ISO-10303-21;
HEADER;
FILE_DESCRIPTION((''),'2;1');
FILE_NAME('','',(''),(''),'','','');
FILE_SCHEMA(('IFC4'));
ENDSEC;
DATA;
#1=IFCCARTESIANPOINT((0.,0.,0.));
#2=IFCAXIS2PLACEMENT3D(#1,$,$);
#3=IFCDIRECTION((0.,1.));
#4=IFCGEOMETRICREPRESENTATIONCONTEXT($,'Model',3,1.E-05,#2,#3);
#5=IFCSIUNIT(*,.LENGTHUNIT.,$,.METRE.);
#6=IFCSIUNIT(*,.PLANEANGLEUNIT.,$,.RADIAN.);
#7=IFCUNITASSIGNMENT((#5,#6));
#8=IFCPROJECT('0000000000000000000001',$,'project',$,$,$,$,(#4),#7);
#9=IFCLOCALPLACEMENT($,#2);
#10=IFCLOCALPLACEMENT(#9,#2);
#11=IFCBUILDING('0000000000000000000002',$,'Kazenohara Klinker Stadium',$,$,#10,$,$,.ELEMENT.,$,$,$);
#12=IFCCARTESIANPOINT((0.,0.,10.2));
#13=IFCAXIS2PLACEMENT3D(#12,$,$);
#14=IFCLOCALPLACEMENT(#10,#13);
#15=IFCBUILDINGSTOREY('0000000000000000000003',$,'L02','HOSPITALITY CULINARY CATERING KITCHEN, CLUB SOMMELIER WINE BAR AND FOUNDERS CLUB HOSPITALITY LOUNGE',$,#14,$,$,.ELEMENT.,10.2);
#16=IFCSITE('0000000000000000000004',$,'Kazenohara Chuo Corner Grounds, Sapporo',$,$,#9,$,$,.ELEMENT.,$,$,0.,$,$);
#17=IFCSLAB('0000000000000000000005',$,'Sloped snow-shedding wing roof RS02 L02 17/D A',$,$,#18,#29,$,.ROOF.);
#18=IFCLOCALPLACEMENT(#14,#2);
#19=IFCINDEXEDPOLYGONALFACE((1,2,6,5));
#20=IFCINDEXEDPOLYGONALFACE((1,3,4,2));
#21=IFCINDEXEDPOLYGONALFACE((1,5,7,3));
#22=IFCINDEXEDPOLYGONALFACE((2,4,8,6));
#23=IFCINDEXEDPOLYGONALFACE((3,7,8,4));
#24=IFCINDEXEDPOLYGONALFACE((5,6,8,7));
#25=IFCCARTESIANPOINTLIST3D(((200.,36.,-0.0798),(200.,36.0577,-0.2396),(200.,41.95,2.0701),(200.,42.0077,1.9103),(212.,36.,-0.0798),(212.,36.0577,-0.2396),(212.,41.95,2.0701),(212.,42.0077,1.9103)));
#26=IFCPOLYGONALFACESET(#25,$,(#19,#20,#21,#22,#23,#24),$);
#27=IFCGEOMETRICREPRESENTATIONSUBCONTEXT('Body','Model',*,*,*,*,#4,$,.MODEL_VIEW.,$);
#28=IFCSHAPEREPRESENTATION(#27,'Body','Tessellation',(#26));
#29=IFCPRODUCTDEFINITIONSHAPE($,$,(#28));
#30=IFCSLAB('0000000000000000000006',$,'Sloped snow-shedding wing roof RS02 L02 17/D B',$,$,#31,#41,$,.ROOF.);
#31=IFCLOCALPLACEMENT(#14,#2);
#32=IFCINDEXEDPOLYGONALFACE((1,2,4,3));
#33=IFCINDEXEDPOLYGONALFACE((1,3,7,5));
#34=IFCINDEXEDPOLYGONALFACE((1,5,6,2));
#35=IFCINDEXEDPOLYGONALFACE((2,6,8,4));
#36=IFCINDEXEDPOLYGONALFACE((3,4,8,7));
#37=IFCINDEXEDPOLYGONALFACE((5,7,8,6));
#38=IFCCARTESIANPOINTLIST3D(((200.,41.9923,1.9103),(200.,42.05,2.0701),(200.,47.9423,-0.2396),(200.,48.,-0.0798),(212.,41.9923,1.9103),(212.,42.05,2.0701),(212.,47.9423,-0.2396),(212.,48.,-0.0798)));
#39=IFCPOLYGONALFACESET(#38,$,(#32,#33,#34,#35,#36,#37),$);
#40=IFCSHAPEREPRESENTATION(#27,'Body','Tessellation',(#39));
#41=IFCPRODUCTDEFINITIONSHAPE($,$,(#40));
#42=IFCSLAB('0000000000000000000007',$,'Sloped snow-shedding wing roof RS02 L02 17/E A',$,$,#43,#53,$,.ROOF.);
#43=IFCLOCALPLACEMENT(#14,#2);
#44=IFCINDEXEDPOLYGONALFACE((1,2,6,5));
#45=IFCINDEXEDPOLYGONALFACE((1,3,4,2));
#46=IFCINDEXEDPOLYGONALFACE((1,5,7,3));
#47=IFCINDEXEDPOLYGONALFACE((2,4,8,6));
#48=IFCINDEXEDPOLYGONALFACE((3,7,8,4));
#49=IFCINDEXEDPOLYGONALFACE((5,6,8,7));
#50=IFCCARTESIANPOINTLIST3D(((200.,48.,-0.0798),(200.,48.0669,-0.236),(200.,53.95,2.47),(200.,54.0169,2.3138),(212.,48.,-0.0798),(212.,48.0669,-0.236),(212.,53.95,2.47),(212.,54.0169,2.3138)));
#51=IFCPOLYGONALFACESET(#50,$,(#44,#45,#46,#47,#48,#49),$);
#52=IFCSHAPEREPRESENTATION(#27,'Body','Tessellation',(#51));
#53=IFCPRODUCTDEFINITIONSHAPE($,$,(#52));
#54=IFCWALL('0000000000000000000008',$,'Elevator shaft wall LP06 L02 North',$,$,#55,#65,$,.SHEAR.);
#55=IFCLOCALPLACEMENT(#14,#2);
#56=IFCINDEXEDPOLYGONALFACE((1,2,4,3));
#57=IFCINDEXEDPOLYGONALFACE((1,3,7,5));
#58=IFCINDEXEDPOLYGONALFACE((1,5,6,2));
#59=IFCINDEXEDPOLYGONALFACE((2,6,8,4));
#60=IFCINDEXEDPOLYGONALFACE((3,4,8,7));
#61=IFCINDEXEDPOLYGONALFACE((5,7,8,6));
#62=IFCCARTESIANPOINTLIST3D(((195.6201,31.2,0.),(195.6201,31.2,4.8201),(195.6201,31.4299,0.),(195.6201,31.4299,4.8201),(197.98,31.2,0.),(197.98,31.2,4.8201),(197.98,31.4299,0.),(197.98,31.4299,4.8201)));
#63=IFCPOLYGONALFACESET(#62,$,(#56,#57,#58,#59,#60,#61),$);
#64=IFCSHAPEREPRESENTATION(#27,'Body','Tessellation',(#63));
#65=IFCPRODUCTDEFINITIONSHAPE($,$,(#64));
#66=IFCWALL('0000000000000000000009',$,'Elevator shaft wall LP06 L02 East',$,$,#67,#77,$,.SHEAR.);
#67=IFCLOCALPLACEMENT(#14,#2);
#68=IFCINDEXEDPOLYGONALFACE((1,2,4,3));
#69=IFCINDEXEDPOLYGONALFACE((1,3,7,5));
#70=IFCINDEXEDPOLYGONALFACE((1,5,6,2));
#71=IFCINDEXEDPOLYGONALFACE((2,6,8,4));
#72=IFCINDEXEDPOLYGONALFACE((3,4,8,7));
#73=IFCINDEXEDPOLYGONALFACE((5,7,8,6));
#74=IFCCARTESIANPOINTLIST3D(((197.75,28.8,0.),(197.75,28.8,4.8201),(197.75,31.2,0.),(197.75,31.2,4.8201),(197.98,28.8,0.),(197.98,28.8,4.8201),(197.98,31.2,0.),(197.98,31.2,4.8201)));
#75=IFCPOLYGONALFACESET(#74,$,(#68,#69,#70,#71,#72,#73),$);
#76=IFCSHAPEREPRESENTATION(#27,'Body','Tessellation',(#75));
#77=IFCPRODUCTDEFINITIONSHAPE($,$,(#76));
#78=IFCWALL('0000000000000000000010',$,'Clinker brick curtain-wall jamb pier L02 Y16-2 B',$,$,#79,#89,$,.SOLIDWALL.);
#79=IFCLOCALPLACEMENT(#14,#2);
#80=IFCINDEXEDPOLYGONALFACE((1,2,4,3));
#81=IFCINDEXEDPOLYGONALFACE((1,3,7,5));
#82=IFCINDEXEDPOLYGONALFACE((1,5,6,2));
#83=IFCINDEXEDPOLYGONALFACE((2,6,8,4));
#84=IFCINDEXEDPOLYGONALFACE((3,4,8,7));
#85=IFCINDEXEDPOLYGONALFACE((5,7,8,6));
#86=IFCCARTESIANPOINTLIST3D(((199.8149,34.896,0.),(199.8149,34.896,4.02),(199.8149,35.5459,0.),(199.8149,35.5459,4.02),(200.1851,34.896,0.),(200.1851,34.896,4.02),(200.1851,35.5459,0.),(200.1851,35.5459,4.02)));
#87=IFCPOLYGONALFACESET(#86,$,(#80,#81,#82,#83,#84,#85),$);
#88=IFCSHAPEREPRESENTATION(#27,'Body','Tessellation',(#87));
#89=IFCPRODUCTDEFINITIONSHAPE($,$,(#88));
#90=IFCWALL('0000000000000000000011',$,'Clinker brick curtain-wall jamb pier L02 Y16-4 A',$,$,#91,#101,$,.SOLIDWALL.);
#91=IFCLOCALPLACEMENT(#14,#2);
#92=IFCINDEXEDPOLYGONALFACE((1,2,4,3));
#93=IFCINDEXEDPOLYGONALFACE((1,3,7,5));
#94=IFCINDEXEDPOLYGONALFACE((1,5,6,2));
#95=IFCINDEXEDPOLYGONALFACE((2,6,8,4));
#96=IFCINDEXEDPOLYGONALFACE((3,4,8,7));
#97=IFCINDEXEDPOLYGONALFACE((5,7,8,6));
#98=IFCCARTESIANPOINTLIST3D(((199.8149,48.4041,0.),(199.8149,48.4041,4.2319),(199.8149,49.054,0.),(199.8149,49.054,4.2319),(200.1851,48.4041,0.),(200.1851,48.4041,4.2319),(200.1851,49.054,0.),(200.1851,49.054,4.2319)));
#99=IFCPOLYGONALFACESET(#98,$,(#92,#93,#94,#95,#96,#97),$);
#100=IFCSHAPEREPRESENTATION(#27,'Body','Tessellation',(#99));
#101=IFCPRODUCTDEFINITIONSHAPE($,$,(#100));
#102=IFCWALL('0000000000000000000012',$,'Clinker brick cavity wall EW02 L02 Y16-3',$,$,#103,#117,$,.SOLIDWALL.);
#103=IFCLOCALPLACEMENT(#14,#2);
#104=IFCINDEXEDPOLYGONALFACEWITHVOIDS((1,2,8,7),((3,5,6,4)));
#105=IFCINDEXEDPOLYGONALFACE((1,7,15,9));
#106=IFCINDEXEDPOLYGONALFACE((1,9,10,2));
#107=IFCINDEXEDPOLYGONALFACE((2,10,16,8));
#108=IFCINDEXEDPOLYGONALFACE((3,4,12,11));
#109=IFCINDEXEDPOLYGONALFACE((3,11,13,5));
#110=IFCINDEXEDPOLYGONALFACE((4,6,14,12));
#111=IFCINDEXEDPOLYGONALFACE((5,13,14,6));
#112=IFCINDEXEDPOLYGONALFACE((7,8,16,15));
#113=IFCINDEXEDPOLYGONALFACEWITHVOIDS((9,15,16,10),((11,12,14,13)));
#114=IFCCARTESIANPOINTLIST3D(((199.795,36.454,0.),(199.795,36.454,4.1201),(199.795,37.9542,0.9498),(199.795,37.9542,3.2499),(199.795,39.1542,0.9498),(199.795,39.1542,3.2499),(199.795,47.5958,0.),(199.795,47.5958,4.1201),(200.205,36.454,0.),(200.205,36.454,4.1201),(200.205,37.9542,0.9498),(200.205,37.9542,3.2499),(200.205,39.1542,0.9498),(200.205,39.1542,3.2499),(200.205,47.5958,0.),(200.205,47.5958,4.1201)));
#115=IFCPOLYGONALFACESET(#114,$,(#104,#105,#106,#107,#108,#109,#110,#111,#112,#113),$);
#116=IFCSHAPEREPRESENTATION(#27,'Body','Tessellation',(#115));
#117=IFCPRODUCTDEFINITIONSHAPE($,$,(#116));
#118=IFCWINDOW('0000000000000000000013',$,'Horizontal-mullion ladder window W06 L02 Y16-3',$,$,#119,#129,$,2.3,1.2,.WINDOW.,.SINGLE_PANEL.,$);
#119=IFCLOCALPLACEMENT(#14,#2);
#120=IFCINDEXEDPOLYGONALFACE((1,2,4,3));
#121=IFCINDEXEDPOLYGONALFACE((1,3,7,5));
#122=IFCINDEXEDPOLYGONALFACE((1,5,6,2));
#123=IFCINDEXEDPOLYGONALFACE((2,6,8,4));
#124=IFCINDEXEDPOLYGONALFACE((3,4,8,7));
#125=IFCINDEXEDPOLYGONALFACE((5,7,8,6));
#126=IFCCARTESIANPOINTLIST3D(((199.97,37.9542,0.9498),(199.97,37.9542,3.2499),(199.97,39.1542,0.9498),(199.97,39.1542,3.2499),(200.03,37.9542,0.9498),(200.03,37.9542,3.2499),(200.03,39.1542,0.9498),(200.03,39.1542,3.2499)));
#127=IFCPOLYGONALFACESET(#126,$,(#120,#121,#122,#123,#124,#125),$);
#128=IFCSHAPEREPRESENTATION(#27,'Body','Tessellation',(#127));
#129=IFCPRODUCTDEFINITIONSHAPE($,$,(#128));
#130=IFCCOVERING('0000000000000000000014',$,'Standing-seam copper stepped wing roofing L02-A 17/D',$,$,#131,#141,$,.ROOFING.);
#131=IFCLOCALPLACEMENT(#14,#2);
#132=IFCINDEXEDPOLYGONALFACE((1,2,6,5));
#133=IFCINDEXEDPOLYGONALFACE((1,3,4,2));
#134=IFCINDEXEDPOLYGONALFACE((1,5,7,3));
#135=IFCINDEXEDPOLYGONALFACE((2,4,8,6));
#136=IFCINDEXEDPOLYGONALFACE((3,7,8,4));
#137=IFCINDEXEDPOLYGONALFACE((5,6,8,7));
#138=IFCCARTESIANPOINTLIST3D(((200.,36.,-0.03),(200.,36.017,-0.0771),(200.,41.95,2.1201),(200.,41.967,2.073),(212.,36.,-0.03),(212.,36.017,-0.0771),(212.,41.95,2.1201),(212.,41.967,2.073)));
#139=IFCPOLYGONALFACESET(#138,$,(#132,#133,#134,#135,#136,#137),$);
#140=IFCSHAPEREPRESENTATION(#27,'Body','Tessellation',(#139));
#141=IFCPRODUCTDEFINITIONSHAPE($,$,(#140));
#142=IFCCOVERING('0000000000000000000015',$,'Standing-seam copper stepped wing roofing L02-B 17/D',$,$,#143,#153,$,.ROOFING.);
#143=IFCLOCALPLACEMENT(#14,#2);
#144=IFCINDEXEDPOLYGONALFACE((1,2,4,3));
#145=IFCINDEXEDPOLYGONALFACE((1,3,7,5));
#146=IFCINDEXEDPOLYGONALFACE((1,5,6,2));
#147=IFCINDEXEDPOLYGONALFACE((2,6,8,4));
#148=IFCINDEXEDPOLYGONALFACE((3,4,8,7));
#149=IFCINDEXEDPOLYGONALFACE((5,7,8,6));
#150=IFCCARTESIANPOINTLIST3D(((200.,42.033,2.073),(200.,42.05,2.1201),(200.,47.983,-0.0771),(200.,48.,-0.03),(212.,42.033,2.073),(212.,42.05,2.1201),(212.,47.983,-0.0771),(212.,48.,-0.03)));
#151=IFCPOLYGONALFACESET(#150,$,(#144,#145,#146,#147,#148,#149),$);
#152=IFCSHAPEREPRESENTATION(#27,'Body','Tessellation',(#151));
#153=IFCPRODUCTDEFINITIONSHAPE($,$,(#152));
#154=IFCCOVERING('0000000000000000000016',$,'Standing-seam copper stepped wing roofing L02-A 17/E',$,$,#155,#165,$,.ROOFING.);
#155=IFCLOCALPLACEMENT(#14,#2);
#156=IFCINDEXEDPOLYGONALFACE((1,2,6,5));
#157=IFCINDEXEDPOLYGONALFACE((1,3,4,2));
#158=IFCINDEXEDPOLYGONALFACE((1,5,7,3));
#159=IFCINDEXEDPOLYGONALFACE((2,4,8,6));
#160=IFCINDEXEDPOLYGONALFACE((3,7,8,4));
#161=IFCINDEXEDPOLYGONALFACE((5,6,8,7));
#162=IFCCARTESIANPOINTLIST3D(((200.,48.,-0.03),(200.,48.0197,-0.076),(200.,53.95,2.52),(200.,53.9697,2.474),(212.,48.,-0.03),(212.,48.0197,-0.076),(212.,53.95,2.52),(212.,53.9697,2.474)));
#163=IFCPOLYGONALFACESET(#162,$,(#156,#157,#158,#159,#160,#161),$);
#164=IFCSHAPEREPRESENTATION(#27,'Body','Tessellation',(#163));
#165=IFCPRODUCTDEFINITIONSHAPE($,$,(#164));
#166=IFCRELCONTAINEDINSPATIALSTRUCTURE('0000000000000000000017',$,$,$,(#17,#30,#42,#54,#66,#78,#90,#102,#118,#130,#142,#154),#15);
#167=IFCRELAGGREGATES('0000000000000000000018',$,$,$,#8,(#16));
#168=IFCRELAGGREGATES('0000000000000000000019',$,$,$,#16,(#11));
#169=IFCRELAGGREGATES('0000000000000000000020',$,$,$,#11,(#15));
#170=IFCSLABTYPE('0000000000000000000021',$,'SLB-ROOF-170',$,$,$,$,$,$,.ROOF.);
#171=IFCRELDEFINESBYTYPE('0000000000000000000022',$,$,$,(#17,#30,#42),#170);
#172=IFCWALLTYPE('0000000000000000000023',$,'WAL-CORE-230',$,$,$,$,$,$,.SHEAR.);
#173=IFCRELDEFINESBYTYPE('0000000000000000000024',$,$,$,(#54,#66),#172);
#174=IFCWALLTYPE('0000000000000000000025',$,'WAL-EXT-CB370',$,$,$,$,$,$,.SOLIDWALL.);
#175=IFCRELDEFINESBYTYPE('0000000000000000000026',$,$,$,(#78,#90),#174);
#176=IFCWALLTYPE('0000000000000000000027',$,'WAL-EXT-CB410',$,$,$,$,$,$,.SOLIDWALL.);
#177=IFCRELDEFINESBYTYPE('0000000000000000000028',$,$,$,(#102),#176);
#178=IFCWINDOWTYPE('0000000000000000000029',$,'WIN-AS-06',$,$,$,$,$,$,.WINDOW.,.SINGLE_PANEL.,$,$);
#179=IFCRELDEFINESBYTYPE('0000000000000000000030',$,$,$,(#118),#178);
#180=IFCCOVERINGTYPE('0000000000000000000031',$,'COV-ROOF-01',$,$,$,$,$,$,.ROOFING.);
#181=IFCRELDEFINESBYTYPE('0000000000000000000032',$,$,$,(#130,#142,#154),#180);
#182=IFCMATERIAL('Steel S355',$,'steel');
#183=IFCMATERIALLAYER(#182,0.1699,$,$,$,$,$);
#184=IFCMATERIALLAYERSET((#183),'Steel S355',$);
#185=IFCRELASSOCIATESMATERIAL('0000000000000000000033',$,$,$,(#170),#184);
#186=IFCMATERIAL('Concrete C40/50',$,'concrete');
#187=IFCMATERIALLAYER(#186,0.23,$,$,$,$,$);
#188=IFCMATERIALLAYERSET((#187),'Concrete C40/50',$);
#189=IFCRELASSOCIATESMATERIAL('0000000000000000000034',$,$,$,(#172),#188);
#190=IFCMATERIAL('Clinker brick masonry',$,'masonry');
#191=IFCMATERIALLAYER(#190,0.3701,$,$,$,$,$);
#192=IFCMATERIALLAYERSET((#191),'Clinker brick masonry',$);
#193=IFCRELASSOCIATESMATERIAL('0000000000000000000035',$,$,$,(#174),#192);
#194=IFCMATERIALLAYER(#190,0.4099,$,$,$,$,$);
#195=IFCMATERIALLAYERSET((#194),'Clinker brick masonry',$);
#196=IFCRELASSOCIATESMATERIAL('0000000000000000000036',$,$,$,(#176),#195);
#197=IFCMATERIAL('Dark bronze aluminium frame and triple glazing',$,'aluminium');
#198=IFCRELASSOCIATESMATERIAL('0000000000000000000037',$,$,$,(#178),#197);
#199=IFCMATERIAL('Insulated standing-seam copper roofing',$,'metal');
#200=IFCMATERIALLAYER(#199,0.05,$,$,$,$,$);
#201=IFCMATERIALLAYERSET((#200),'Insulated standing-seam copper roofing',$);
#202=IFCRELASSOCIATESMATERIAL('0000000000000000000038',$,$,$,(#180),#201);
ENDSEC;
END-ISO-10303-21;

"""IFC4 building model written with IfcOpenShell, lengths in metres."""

from ifc_helpers import new_model, si_unit, direction, frame, frame_2d, origin, place, context, subcontext, project, spatial, polyline, rectangle, outline, extrude, material, layer, layer_set, type_object, element, fill, save


model = new_model("IFC4")

# Units and contexts
model_context = context("Model", 3, precision=1e-05, world=origin(), true_north=direction((0.0, 1.0)))
body_context = subcontext(model_context, "Body", "Model", "MODEL_VIEW")
ifc_project = project(units=[si_unit("LENGTHUNIT", "METRE"), si_unit("PLANEANGLEUNIT", "RADIAN")], contexts=[model_context])

# Site, building, storey
site_placement = place(None, origin())
site = spatial("IfcSite", under=ifc_project, at=site_placement, Name="Kazenohara Chuo Corner Grounds, Sapporo", CompositionType="ELEMENT", RefElevation=0.0)
building_placement = place(site_placement, origin())
building = spatial("IfcBuilding", under=site, at=building_placement, Name="Kazenohara Klinker Stadium", CompositionType="ELEMENT")
storey_placement = place(building_placement, frame((0.0, 0.0, 10.2)))
storey = spatial("IfcBuildingStorey", under=building, at=storey_placement, Name="L02", Description="HOSPITALITY CULINARY CATERING KITCHEN, CLUB SOMMELIER WINE BAR AND FOUNDERS CLUB HOSPITALITY LOUNGE", CompositionType="ELEMENT", Elevation=10.2)

# Shared definitions
ifc_material_1 = material(Name="Concrete C40/50", Category="concrete")

# Shared definitions
ifc_material_2 = material(Name="Steel S355", Category="steel")

# Slabs
ifc_layer_1 = layer(ifc_material_2, 0.1699)
ifc_layer_set_1 = layer_set([ifc_layer_1], Name="Steel S355")
slab_type = type_object("IfcSlabType", Name="SLB-ROOF-170", PredefinedType="ROOF", material=ifc_layer_set_1)
for number, where, z_axis, x_axis, name in (
    (1, (200.0, 36.0, -0.0798), (0.0, -0.339827, 0.940488), (1.0, 0.0, 0.0), "Sloped snow-shedding wing roof RS02 L02 17/D A"),
    (2, (200.0, 42.05, 2.0701), (0.0, 0.339827, 0.940488), (1.0, 0.0, 0.0), "Sloped snow-shedding wing roof RS02 L02 17/D B"),
):
    element("IfcSlab", number, at=place(storey_placement, frame(where, z_axis=z_axis, x_axis=x_axis)), inside=storey, type_object=slab_type, Name=name, PredefinedType="ROOF", context=body_context, shape_type="SweptSolid", body=[
        extrude(outline(polyline([(0.0, 0.0), (12.0, 0.0), (12.0, 6.3265), (0.0, 6.3265), (0.0, 0.0)])), origin(), (0.0, 0.0, -1.0), 0.1699),
    ])
slab_placement = place(storey_placement, frame((200.0, 48.0, -0.0798), z_axis=(0.0, -0.393897, 0.919155), x_axis=(1.0, 0.0, 0.0)))
element("IfcSlab", 3, at=slab_placement, inside=storey, type_object=slab_type, Name="Sloped snow-shedding wing roof RS02 L02 17/E A", PredefinedType="ROOF", context=body_context, shape_type="SweptSolid", body=[
    extrude(outline(polyline([(0.0, 0.0), (12.0, 0.0), (12.0, 6.4733), (0.0, 6.4733), (0.0, 0.0)])), origin(), (0.0, 0.0, -1.0), 0.1699),
])

# Wall
ifc_layer_2 = layer(ifc_material_1, 0.23)
ifc_layer_set_2 = layer_set([ifc_layer_2], Name="Concrete C40/50")
wall_type_1 = type_object("IfcWallType", Name="WAL-CORE-230", PredefinedType="SHEAR", material=ifc_layer_set_2)
wall_1_placement = place(storey_placement, frame((195.6201, 31.3149, 0.0), z_axis=(0.0, 0.0, 1.0), x_axis=(1.0, 0.0, 0.0)))
element("IfcWall", 4, at=wall_1_placement, inside=storey, type_object=wall_type_1, Name="Elevator shaft wall LP06 L02 North", PredefinedType="SHEAR", context=body_context, shape_type="SweptSolid", body=[
    extrude(rectangle(XDim=2.3599, YDim=0.23, at=frame_2d((1.1799, 0.0))), origin(), (0.0, 0.0, 1.0), 4.8201),
])

# Walls
wall_2_placement = place(storey_placement, frame((197.865, 28.8, 0.0), z_axis=(0.0, 0.0, 1.0), x_axis=(0.0, 1.0, 0.0)))
element("IfcWall", 5, at=wall_2_placement, inside=storey, type_object=wall_type_1, Name="Elevator shaft wall LP06 L02 East", PredefinedType="SHEAR", context=body_context, shape_type="SweptSolid", body=[
    extrude(rectangle(XDim=2.3999, YDim=0.23, at=frame_2d((1.2, 0.0))), origin(), (0.0, 0.0, 1.0), 4.8201),
])
ifc_material_3 = material(Name="Clinker brick masonry", Category="masonry")
ifc_layer_3 = layer(ifc_material_3, 0.3701)
ifc_layer_set_3 = layer_set([ifc_layer_3], Name="Clinker brick masonry")
wall_type_2 = type_object("IfcWallType", Name="WAL-EXT-CB370", PredefinedType="SOLIDWALL", material=ifc_layer_set_3)
wall_3_placement = place(storey_placement, frame((200.0, 34.896, 0.0), z_axis=(0.0, 0.0, 1.0), x_axis=(0.0, 1.0, 0.0)))
element("IfcWall", 6, at=wall_3_placement, inside=storey, type_object=wall_type_2, Name="Clinker brick curtain-wall jamb pier L02 Y16-2 B", PredefinedType="SOLIDWALL", context=body_context, shape_type="SweptSolid", body=[
    extrude(rectangle(XDim=0.6499, YDim=0.3701, at=frame_2d((0.325, 0.0))), origin(), (0.0, 0.0, 1.0), 4.02),
])
wall_4_placement = place(storey_placement, frame((200.0, 48.4041, 0.0), z_axis=(0.0, 0.0, 1.0), x_axis=(0.0, 1.0, 0.0)))
element("IfcWall", 7, at=wall_4_placement, inside=storey, type_object=wall_type_2, Name="Clinker brick curtain-wall jamb pier L02 Y16-4 A", PredefinedType="SOLIDWALL", context=body_context, shape_type="SweptSolid", body=[
    extrude(rectangle(XDim=0.6499, YDim=0.3701, at=frame_2d((0.325, 0.0))), origin(), (0.0, 0.0, 1.0), 4.2319),
])

# Wall, opening, window
ifc_layer_4 = layer(ifc_material_3, 0.4099)
ifc_layer_set_4 = layer_set([ifc_layer_4], Name="Clinker brick masonry")
wall_type_3 = type_object("IfcWallType", Name="WAL-EXT-CB410", PredefinedType="SOLIDWALL", material=ifc_layer_set_4)
wall_5_placement = place(storey_placement, frame((200.0, 36.4541, 0.0), z_axis=(0.0, 0.0, 1.0), x_axis=(0.0, 1.0, 0.0)))
wall_5 = element("IfcWall", 8, at=wall_5_placement, inside=storey, type_object=wall_type_3, Name="Clinker brick cavity wall EW02 L02 Y16-3", PredefinedType="SOLIDWALL", context=body_context, shape_type="SweptSolid", body=[
    extrude(rectangle(XDim=11.1418, YDim=0.4099, at=frame_2d((5.5708, 0.0))), origin(), (0.0, 0.0, 1.0), 4.1201),
])
opening_1_placement = place(wall_5_placement, frame((1.5, 0.0, 0.95)))
opening_1 = element("IfcOpeningElement", 9, at=opening_1_placement, cuts=wall_5, PredefinedType="OPENING", context=body_context, shape_type="SweptSolid", body=[
    extrude(rectangle(XDim=1.2, YDim=2.3, at=frame_2d((0.6001, 1.1499))), frame((0.0, 0.2148, 0.0), z_axis=(0.0, -1.0, 0.0), x_axis=(1.0, 0.0, 0.0)), (0.0, 0.0, 1.0), 0.4299),
])
ifc_material_4 = material(Name="Dark bronze aluminium frame and triple glazing", Category="aluminium")
window_type = type_object("IfcWindowType", Name="WIN-AS-06", PartitioningType="SINGLE_PANEL", PredefinedType="WINDOW", material=ifc_material_4)
window_placement = place(opening_1_placement, origin())
window = element("IfcWindow", 10, at=window_placement, inside=storey, type_object=window_type, Name="Horizontal-mullion ladder window W06 L02 Y16-3", OverallHeight=2.3, OverallWidth=1.2, PartitioningType="SINGLE_PANEL", PredefinedType="WINDOW", context=body_context, shape_type="SweptSolid", body=[
    extrude(rectangle(XDim=1.2, YDim=2.3, at=frame_2d((0.6001, 1.1499))), frame((0.0, 0.03, 0.0), z_axis=(0.0, -1.0, 0.0), x_axis=(1.0, 0.0, 0.0)), (0.0, 0.0, 1.0), 0.0601),
])
fill(opening_1, window)

# Coverings
ifc_material_5 = material(Name="Insulated standing-seam copper roofing", Category="metal")
ifc_layer_5 = layer(ifc_material_5, 0.05)
ifc_layer_set_5 = layer_set([ifc_layer_5], Name="Insulated standing-seam copper roofing")
covering_type = type_object("IfcCoveringType", Name="COV-ROOF-01", PredefinedType="ROOFING", material=ifc_layer_set_5)
for number, where, z_axis, x_axis, name in (
    (11, (200.0, 36.0, -0.03), (0.0, -0.339862, 0.940475), (1.0, 0.0, 0.0), "Standing-seam copper stepped wing roofing L02-A 17/D"),
    (12, (200.0, 42.05, 2.1201), (0.0, 0.339862, 0.940475), (1.0, 0.0, 0.0), "Standing-seam copper stepped wing roofing L02-B 17/D"),
):
    element("IfcCovering", number, at=place(storey_placement, frame(where, z_axis=z_axis, x_axis=x_axis)), inside=storey, type_object=covering_type, Name=name, PredefinedType="ROOFING", context=body_context, shape_type="SweptSolid", body=[
        extrude(outline(polyline([(0.0, 0.0), (12.0, 0.0), (12.0, 6.3265), (0.0, 6.3265), (0.0, 0.0)])), origin(), (0.0, 0.0, -1.0), 0.05),
    ])
covering_placement = place(storey_placement, frame((200.0, 48.0, -0.03), z_axis=(0.0, -0.393928, 0.919141), x_axis=(1.0, 0.0, 0.0)))
element("IfcCovering", 13, at=covering_placement, inside=storey, type_object=covering_type, Name="Standing-seam copper stepped wing roofing L02-A 17/E", PredefinedType="ROOFING", context=body_context, shape_type="SweptSolid", body=[
    extrude(outline(polyline([(0.0, 0.0), (12.0, 0.0), (12.0, 6.4734), (0.0, 6.4734), (0.0, 0.0)])), origin(), (0.0, 0.0, -1.0), 0.05),
])

save(model, "model.ifc")
